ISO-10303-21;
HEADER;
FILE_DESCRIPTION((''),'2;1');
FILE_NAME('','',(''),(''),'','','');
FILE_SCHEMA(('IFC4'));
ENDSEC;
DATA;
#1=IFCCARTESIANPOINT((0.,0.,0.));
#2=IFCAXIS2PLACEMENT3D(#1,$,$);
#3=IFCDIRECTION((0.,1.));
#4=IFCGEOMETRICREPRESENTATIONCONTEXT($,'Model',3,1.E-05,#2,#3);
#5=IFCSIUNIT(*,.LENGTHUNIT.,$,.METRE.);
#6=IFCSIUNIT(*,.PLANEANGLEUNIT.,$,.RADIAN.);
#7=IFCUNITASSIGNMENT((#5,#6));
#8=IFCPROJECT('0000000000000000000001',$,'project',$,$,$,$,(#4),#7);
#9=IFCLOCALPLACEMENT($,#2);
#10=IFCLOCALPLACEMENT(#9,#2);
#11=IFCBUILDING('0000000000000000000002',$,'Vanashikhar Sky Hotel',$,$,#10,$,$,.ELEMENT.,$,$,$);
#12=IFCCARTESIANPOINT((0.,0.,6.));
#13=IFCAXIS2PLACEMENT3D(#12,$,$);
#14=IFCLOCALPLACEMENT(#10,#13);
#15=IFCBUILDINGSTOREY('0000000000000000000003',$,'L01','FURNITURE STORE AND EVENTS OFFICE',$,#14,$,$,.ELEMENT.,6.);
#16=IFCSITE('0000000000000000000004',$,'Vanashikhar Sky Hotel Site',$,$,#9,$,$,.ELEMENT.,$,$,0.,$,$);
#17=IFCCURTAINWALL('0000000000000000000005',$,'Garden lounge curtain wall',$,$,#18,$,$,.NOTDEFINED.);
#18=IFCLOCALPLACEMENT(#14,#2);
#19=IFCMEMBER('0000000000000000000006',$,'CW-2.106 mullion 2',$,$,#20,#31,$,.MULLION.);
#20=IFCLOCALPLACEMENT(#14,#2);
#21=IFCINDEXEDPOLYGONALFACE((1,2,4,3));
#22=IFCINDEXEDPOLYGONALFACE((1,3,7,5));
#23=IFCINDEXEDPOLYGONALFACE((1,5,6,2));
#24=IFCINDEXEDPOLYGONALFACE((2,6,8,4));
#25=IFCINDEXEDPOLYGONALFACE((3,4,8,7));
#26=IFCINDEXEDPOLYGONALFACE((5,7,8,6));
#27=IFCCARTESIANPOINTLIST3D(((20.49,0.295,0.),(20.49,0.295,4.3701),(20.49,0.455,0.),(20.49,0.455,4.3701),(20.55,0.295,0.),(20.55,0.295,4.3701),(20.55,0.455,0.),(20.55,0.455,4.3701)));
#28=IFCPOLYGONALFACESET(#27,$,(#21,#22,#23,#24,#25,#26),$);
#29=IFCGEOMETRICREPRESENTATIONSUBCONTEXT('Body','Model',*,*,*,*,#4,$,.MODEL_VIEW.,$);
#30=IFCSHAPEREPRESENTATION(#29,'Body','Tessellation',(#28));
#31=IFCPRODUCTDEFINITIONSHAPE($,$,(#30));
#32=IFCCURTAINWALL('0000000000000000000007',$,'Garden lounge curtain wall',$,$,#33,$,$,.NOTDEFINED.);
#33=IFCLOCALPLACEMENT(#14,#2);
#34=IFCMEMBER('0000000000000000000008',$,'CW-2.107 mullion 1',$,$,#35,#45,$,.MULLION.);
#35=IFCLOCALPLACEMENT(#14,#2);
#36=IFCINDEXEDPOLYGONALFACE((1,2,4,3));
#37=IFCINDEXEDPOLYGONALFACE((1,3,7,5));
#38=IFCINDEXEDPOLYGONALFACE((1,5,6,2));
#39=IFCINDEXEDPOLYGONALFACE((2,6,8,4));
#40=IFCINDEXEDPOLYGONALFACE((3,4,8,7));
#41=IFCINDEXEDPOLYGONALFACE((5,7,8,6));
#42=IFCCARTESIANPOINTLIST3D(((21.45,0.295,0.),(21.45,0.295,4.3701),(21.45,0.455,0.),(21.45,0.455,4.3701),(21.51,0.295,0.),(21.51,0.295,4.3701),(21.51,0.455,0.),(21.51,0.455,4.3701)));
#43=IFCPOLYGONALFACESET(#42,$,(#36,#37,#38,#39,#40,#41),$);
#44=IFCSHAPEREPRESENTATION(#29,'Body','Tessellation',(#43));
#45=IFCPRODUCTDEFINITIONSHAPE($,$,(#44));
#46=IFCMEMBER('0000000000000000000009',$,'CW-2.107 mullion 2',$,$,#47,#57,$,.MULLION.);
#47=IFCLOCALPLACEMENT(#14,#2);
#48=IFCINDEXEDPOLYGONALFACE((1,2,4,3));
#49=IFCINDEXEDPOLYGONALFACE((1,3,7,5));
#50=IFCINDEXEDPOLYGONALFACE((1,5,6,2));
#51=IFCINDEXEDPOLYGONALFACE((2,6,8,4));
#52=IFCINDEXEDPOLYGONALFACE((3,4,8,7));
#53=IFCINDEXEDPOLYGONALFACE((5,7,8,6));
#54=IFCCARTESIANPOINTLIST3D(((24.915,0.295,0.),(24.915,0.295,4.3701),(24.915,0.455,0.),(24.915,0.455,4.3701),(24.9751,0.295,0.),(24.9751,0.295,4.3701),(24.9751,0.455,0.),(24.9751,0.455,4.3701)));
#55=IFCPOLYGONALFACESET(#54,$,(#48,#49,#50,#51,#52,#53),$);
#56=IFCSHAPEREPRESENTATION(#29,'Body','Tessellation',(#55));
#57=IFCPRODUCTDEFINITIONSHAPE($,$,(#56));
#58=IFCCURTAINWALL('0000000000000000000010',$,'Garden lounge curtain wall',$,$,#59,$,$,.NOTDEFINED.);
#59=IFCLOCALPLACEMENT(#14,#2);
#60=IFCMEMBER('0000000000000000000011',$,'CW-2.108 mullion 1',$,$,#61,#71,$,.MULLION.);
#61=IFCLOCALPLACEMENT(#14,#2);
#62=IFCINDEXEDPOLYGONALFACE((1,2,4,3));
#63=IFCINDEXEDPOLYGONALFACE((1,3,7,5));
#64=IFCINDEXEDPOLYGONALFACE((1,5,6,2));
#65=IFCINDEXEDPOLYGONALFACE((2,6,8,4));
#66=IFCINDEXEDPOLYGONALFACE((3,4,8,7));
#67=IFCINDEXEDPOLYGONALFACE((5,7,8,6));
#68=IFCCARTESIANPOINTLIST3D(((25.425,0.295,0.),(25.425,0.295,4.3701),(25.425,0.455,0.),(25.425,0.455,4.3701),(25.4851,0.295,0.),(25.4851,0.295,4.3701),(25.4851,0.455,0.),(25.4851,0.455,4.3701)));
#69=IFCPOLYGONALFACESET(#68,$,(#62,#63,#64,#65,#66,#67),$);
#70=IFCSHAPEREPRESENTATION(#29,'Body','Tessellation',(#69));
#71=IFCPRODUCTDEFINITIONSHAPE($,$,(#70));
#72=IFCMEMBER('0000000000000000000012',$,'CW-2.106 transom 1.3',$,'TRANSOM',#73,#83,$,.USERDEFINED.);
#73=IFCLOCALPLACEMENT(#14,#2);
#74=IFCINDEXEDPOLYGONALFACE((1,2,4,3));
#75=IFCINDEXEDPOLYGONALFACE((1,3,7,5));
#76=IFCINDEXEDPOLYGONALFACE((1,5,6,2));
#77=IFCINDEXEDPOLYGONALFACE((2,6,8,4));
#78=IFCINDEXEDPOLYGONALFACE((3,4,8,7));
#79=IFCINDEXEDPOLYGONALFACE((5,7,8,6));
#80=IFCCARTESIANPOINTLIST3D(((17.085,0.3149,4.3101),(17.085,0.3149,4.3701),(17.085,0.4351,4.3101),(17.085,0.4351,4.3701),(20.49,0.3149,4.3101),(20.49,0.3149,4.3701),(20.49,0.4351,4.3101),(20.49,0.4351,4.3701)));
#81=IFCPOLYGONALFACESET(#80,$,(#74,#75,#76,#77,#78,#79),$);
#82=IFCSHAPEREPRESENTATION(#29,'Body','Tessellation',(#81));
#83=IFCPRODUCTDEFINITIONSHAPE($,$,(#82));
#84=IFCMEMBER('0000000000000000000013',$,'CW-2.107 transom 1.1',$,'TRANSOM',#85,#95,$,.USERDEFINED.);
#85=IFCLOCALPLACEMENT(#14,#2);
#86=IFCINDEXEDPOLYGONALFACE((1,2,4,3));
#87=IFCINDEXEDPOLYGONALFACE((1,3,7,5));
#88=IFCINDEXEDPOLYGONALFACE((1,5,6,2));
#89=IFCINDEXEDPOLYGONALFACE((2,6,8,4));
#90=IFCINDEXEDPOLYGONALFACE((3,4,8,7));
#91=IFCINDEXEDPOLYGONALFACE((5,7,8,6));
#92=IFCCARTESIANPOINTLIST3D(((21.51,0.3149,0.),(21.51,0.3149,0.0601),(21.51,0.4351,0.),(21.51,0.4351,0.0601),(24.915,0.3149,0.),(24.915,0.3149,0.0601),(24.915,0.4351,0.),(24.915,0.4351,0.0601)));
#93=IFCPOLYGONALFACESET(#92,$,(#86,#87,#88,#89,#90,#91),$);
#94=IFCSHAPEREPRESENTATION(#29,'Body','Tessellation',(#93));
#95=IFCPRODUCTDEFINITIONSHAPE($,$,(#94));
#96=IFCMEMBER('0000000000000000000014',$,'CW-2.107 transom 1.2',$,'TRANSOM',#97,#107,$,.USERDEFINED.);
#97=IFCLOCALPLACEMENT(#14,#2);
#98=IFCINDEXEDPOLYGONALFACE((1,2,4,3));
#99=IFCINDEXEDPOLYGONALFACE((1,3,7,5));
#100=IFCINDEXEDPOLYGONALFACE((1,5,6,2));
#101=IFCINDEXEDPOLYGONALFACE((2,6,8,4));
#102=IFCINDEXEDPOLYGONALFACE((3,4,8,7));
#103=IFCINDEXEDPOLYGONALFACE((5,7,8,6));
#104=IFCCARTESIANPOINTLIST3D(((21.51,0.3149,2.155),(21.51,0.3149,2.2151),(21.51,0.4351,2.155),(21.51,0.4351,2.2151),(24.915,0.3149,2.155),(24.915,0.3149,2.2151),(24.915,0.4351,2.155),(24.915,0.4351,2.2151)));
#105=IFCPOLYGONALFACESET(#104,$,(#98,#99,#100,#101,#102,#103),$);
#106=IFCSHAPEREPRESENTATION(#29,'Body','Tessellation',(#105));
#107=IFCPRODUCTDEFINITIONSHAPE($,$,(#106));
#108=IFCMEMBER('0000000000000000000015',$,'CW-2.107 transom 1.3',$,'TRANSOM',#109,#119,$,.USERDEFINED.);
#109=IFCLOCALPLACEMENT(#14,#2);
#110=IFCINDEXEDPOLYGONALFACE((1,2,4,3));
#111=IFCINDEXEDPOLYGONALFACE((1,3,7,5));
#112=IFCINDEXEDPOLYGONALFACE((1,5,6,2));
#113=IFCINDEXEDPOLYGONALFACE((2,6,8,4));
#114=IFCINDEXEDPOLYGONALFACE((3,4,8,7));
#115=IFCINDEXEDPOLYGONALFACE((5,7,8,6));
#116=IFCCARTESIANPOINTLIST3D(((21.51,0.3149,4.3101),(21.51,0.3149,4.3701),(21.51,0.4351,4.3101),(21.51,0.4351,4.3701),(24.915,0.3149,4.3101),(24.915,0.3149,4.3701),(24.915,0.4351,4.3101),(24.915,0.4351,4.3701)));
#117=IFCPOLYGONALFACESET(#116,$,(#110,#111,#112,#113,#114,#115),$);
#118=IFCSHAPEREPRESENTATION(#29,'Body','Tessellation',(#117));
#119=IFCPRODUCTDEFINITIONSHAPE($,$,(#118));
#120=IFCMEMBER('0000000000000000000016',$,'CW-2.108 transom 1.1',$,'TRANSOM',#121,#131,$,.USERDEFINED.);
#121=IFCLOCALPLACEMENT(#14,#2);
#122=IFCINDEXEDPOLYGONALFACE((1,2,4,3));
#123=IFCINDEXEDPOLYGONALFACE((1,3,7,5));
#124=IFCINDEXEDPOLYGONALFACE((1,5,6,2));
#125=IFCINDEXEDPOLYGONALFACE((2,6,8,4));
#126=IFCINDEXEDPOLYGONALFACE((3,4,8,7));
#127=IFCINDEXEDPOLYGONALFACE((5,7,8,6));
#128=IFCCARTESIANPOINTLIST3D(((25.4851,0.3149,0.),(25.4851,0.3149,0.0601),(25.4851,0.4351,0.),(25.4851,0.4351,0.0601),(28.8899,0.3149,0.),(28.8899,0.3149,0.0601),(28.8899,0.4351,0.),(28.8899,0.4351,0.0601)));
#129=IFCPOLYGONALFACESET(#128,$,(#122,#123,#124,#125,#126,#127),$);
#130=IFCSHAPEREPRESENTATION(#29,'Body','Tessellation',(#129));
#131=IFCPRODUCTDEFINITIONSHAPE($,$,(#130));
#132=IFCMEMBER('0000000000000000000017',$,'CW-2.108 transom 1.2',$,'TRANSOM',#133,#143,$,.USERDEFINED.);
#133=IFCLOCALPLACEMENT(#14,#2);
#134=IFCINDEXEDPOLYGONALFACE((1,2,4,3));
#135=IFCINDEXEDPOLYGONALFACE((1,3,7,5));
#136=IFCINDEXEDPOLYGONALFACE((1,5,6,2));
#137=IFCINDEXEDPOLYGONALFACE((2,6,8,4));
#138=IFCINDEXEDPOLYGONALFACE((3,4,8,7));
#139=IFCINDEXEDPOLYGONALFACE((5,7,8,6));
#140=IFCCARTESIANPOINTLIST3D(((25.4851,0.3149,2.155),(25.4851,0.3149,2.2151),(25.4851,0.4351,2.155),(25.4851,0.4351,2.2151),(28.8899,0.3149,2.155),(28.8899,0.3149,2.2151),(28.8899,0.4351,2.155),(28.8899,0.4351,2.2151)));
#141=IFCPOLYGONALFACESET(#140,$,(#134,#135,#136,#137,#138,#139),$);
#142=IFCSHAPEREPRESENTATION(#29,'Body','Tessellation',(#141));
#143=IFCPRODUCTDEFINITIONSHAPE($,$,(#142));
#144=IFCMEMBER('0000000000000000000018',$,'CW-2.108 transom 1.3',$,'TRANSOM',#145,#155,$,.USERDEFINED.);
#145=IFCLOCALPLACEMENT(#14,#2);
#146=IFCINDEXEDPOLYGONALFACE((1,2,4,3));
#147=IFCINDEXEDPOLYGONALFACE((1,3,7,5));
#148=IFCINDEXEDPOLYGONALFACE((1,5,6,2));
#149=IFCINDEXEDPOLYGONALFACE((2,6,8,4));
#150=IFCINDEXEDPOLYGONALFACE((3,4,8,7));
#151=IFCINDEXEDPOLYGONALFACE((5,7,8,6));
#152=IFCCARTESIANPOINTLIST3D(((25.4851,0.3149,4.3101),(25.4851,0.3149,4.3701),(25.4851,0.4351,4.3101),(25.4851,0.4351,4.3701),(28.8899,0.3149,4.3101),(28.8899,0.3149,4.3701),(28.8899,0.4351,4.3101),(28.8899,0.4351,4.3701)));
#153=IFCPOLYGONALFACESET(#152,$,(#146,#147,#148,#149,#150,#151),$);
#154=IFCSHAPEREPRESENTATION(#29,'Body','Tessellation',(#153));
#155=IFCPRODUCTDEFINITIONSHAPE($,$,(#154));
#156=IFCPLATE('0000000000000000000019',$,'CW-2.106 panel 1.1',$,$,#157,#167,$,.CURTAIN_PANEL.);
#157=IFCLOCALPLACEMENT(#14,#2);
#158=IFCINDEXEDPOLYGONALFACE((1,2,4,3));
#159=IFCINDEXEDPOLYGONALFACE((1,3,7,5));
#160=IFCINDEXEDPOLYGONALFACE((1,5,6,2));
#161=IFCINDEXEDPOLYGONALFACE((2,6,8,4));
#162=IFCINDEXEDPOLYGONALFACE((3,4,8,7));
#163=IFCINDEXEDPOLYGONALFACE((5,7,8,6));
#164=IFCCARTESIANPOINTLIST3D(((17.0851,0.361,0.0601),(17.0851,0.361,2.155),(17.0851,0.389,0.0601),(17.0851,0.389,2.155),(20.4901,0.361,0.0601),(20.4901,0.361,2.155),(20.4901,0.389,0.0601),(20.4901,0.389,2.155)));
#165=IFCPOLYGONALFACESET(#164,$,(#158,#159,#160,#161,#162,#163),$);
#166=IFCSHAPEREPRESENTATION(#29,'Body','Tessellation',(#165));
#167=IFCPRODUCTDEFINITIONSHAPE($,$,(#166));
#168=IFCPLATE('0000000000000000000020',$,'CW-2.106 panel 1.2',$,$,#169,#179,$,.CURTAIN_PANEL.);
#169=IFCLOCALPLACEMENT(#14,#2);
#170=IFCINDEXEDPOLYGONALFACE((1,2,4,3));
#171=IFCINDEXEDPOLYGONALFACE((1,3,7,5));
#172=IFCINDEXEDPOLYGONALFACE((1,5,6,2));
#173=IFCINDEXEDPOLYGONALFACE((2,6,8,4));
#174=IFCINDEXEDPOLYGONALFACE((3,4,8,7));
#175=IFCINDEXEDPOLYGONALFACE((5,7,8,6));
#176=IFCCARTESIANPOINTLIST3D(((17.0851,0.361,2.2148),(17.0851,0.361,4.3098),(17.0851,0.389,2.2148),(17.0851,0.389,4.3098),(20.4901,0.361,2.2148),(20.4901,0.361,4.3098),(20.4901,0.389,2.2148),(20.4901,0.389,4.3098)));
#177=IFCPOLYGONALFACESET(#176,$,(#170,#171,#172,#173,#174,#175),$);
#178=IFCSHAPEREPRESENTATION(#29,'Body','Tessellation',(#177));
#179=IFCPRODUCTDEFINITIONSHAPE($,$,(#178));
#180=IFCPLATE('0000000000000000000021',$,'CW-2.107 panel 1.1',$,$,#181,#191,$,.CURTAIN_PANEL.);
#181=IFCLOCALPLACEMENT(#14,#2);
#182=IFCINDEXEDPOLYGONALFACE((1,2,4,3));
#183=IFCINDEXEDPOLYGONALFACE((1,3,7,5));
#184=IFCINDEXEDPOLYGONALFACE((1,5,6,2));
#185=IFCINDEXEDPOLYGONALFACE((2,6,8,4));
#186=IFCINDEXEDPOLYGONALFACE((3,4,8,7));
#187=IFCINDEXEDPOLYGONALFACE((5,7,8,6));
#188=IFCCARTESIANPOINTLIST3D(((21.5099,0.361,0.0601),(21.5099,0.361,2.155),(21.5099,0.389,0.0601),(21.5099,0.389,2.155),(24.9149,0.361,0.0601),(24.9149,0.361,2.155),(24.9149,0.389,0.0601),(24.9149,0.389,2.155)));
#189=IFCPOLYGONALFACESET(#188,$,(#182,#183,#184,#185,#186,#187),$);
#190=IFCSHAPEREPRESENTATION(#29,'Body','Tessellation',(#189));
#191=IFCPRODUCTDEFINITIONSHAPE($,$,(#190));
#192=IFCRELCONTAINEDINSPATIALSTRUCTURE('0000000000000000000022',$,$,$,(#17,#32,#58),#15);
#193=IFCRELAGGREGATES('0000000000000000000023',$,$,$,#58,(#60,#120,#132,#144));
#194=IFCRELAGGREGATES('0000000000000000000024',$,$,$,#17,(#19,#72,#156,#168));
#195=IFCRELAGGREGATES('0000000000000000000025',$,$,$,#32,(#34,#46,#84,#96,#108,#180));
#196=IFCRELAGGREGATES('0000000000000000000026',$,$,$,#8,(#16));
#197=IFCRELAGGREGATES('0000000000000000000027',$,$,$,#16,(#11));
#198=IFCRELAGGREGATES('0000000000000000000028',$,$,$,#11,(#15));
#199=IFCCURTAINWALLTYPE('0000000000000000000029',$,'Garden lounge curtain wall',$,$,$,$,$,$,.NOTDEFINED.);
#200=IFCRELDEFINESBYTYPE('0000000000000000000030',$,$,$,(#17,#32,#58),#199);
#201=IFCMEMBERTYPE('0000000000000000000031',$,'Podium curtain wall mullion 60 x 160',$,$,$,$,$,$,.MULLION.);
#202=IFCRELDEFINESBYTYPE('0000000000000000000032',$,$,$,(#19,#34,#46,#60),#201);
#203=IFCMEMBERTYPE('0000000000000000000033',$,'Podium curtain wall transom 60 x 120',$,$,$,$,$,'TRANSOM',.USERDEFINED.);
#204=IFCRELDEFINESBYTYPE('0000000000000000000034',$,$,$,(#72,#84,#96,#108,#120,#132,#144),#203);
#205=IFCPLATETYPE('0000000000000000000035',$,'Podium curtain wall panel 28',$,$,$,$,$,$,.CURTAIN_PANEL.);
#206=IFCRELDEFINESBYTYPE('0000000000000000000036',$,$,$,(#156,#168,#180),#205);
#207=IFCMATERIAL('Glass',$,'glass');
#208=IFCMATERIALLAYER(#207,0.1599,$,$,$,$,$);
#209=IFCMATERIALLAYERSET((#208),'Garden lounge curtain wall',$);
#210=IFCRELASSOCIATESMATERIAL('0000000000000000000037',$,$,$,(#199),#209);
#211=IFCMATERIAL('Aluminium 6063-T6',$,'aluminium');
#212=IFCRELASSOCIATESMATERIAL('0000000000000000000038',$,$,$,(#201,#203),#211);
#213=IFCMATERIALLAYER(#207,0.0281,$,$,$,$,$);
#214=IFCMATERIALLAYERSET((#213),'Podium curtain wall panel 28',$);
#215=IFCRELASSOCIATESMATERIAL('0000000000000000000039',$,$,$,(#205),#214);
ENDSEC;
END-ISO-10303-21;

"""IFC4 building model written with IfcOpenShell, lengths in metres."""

from ifc_helpers import new_model, si_unit, direction, frame, origin, origin_2d, place, context, subcontext, project, spatial, rectangle, extrude, source, transform, mapped, material, layer, layer_set, material_profile, profile_set, type_object, element, aggregate, save


model = new_model("IFC4")

# Units and contexts
model_context = context("Model", 3, precision=1e-05, world=origin(), true_north=direction((0.0, 1.0)))
body_context = subcontext(model_context, "Body", "Model", "MODEL_VIEW")
ifc_project = project(units=[si_unit("LENGTHUNIT", "METRE"), si_unit("PLANEANGLEUNIT", "RADIAN")], contexts=[model_context])

# Site, building, storey
site_placement = place(None, origin())
site = spatial("IfcSite", under=ifc_project, at=site_placement, Name="Vanashikhar Sky Hotel Site", CompositionType="ELEMENT", RefElevation=0.0)
building_placement = place(site_placement, origin())
building = spatial("IfcBuilding", under=site, at=building_placement, Name="Vanashikhar Sky Hotel", CompositionType="ELEMENT")
storey_placement = place(building_placement, frame((0.0, 0.0, 6.0)))
storey = spatial("IfcBuildingStorey", under=building, at=storey_placement, Name="L01", Description="FURNITURE STORE AND EVENTS OFFICE", CompositionType="ELEMENT", Elevation=6.0)

# Curtain wall, member
ifc_material_1 = material(Name="Glass", Category="glass")
ifc_layer_1 = layer(ifc_material_1, 0.1599)
ifc_layer_set_1 = layer_set([ifc_layer_1], Name="Garden lounge curtain wall")
curtain_wall_type = type_object("IfcCurtainWallType", Name="Garden lounge curtain wall", PredefinedType="NOTDEFINED", material=ifc_layer_set_1)
curtain_wall_1_placement = place(storey_placement, origin())
curtain_wall_1 = element("IfcCurtainWall", 1, at=curtain_wall_1_placement, inside=storey, type_object=curtain_wall_type, Name="Garden lounge curtain wall", PredefinedType="NOTDEFINED")
ifc_material_2 = material(Name="Aluminium 6063-T6", Category="aluminium")
ifc_material_profile_1 = material_profile(ifc_material_2, rectangle(XDim=0.1599, YDim=0.0601, at=origin_2d()))
ifc_profile_set_1 = profile_set([ifc_material_profile_1], Name="Aluminium 6063-T6")
member_type_1 = type_object("IfcMemberType", Name="Podium curtain wall mullion 60 x 160", PredefinedType="MULLION", material=ifc_profile_set_1)
shared_shape_1 = source(origin(), body_context, "Body", "SweptSolid", [
    extrude(rectangle(XDim=0.1599, YDim=0.0601, at=origin_2d()), origin(), (0.0, 0.0, 1.0), 4.3701),
])
member_1_placement = place(storey_placement, frame((20.52, 0.375, 0.0), z_axis=(0.0, 0.0, 1.0), x_axis=(0.0, 1.0, 0.0)))
member_1 = element("IfcMember", 2, at=member_1_placement, type_object=member_type_1, Name="CW-2.106 mullion 2", PredefinedType="MULLION", context=body_context, shape_type="MappedRepresentation", body=[
    mapped(shared_shape_1, transform((0.0, 0.0, 0.0), scale=1.0)),
])

# Curtain wall, members
curtain_wall_2_placement = place(storey_placement, origin())
curtain_wall_2 = element("IfcCurtainWall", 3, at=curtain_wall_2_placement, inside=storey, type_object=curtain_wall_type, Name="Garden lounge curtain wall", PredefinedType="NOTDEFINED")
member_2_placement = place(storey_placement, frame((21.48, 0.375, 0.0), z_axis=(0.0, 0.0, 1.0), x_axis=(0.0, 1.0, 0.0)))
member_2 = element("IfcMember", 4, at=member_2_placement, type_object=member_type_1, Name="CW-2.107 mullion 1", PredefinedType="MULLION", context=body_context, shape_type="MappedRepresentation", body=[
    mapped(shared_shape_1, transform((0.0, 0.0, 0.0), scale=1.0)),
])
member_3_placement = place(storey_placement, frame((24.9451, 0.375, 0.0), z_axis=(0.0, 0.0, 1.0), x_axis=(0.0, 1.0, 0.0)))
member_3 = element("IfcMember", 5, at=member_3_placement, type_object=member_type_1, Name="CW-2.107 mullion 2", PredefinedType="MULLION", context=body_context, shape_type="MappedRepresentation", body=[
    mapped(shared_shape_1, transform((0.0, 0.0, 0.0), scale=1.0)),
])

# Curtain wall, member
curtain_wall_3_placement = place(storey_placement, origin())
curtain_wall_3 = element("IfcCurtainWall", 6, at=curtain_wall_3_placement, inside=storey, type_object=curtain_wall_type, Name="Garden lounge curtain wall", PredefinedType="NOTDEFINED")
member_4_placement = place(storey_placement, frame((25.4551, 0.375, 0.0), z_axis=(0.0, 0.0, 1.0), x_axis=(0.0, 1.0, 0.0)))
member_4 = element("IfcMember", 7, at=member_4_placement, type_object=member_type_1, Name="CW-2.108 mullion 1", PredefinedType="MULLION", context=body_context, shape_type="MappedRepresentation", body=[
    mapped(shared_shape_1, transform((0.0, 0.0, 0.0), scale=1.0)),
])

# Members
ifc_material_profile_2 = material_profile(ifc_material_2, rectangle(XDim=0.1201, YDim=0.0601, at=origin_2d()))
ifc_profile_set_2 = profile_set([ifc_material_profile_2], Name="Aluminium 6063-T6")
member_type_2 = type_object("IfcMemberType", Name="Podium curtain wall transom 60 x 120", ElementType="TRANSOM", PredefinedType="USERDEFINED", material=ifc_profile_set_2)
shared_shape_2 = source(origin(), body_context, "Body", "SweptSolid", [
    extrude(rectangle(XDim=0.1201, YDim=0.0601, at=origin_2d()), origin(), (0.0, 0.0, 1.0), 3.405),
])
member_5_placement = place(storey_placement, frame((17.085, 0.375, 4.3401), z_axis=(1.0, 0.0, 0.0), x_axis=(0.0, 1.0, 0.0)))
member_5 = element("IfcMember", 8, at=member_5_placement, type_object=member_type_2, Name="CW-2.106 transom 1.3", ObjectType="TRANSOM", PredefinedType="USERDEFINED", context=body_context, shape_type="MappedRepresentation", body=[
    mapped(shared_shape_2, transform((0.0, 0.0, 0.0), scale=1.0)),
])
member_6_placement = place(storey_placement, frame((21.51, 0.375, 0.03), z_axis=(1.0, 0.0, 0.0), x_axis=(0.0, 1.0, 0.0)))
member_6 = element("IfcMember", 9, at=member_6_placement, type_object=member_type_2, Name="CW-2.107 transom 1.1", ObjectType="TRANSOM", PredefinedType="USERDEFINED", context=body_context, shape_type="MappedRepresentation", body=[
    mapped(shared_shape_2, transform((0.0, 0.0, 0.0), scale=1.0)),
])
member_7_placement = place(storey_placement, frame((21.51, 0.375, 2.1851), z_axis=(1.0, 0.0, 0.0), x_axis=(0.0, 1.0, 0.0)))
member_7 = element("IfcMember", 10, at=member_7_placement, type_object=member_type_2, Name="CW-2.107 transom 1.2", ObjectType="TRANSOM", PredefinedType="USERDEFINED", context=body_context, shape_type="MappedRepresentation", body=[
    mapped(shared_shape_2, transform((0.0, 0.0, 0.0), scale=1.0)),
])
member_8_placement = place(storey_placement, frame((21.51, 0.375, 4.3401), z_axis=(1.0, 0.0, 0.0), x_axis=(0.0, 1.0, 0.0)))
member_8 = element("IfcMember", 11, at=member_8_placement, type_object=member_type_2, Name="CW-2.107 transom 1.3", ObjectType="TRANSOM", PredefinedType="USERDEFINED", context=body_context, shape_type="MappedRepresentation", body=[
    mapped(shared_shape_2, transform((0.0, 0.0, 0.0), scale=1.0)),
])
shared_shape_3 = source(origin(), body_context, "Body", "SweptSolid", [
    extrude(rectangle(XDim=0.1201, YDim=0.0601, at=origin_2d()), origin(), (0.0, 0.0, 1.0), 3.4048),
])
member_9_placement = place(storey_placement, frame((25.4851, 0.375, 0.03), z_axis=(1.0, 0.0, 0.0), x_axis=(0.0, 1.0, 0.0)))
member_9 = element("IfcMember", 12, at=member_9_placement, type_object=member_type_2, Name="CW-2.108 transom 1.1", ObjectType="TRANSOM", PredefinedType="USERDEFINED", context=body_context, shape_type="MappedRepresentation", body=[
    mapped(shared_shape_3, transform((0.0, 0.0, 0.0), scale=1.0)),
])
member_10_placement = place(storey_placement, frame((25.4851, 0.375, 2.1851), z_axis=(1.0, 0.0, 0.0), x_axis=(0.0, 1.0, 0.0)))
member_10 = element("IfcMember", 13, at=member_10_placement, type_object=member_type_2, Name="CW-2.108 transom 1.2", ObjectType="TRANSOM", PredefinedType="USERDEFINED", context=body_context, shape_type="MappedRepresentation", body=[
    mapped(shared_shape_3, transform((0.0, 0.0, 0.0), scale=1.0)),
])
member_11_placement = place(storey_placement, frame((25.4851, 0.375, 4.3401), z_axis=(1.0, 0.0, 0.0), x_axis=(0.0, 1.0, 0.0)))
member_11 = element("IfcMember", 14, at=member_11_placement, type_object=member_type_2, Name="CW-2.108 transom 1.3", ObjectType="TRANSOM", PredefinedType="USERDEFINED", context=body_context, shape_type="MappedRepresentation", body=[
    mapped(shared_shape_3, transform((0.0, 0.0, 0.0), scale=1.0)),
])
aggregate(curtain_wall_3, [member_4, member_9, member_10, member_11])

# Plates
ifc_layer_2 = layer(ifc_material_1, 0.0281)
ifc_layer_set_2 = layer_set([ifc_layer_2], Name="Podium curtain wall panel 28")
plate_type = type_object("IfcPlateType", Name="Podium curtain wall panel 28", PredefinedType="CURTAIN_PANEL", material=ifc_layer_set_2)
shared_shape_4 = source(origin(), body_context, "Body", "SweptSolid", [
    extrude(rectangle(XDim=3.405, YDim=0.0281, at=origin_2d()), origin(), (0.0, 0.0, 1.0), 2.095),
])
plate_1_placement = place(storey_placement, frame((18.7876, 0.375, 0.0601), z_axis=(0.0, 0.0, 1.0), x_axis=(1.0, 0.0, 0.0)))
plate_1 = element("IfcPlate", 15, at=plate_1_placement, type_object=plate_type, Name="CW-2.106 panel 1.1", PredefinedType="CURTAIN_PANEL", context=body_context, shape_type="MappedRepresentation", body=[
    mapped(shared_shape_4, transform((0.0, 0.0, 0.0), scale=1.0)),
])
plate_2_placement = place(storey_placement, frame((18.7876, 0.375, 2.2148), z_axis=(0.0, 0.0, 1.0), x_axis=(1.0, 0.0, 0.0)))
plate_2 = element("IfcPlate", 16, at=plate_2_placement, type_object=plate_type, Name="CW-2.106 panel 1.2", PredefinedType="CURTAIN_PANEL", context=body_context, shape_type="MappedRepresentation", body=[
    mapped(shared_shape_4, transform((0.0, 0.0, 0.0), scale=1.0)),
])
aggregate(curtain_wall_1, [member_1, member_5, plate_1, plate_2])
plate_3_placement = place(storey_placement, frame((23.2124, 0.375, 0.0601), z_axis=(0.0, 0.0, 1.0), x_axis=(1.0, 0.0, 0.0)))
plate_3 = element("IfcPlate", 17, at=plate_3_placement, type_object=plate_type, Name="CW-2.107 panel 1.1", PredefinedType="CURTAIN_PANEL", context=body_context, shape_type="MappedRepresentation", body=[
    mapped(shared_shape_4, transform((0.0, 0.0, 0.0), scale=1.0)),
])
aggregate(curtain_wall_2, [member_2, member_3, member_6, member_7, member_8, plate_3])

save(model, "model.ifc")
